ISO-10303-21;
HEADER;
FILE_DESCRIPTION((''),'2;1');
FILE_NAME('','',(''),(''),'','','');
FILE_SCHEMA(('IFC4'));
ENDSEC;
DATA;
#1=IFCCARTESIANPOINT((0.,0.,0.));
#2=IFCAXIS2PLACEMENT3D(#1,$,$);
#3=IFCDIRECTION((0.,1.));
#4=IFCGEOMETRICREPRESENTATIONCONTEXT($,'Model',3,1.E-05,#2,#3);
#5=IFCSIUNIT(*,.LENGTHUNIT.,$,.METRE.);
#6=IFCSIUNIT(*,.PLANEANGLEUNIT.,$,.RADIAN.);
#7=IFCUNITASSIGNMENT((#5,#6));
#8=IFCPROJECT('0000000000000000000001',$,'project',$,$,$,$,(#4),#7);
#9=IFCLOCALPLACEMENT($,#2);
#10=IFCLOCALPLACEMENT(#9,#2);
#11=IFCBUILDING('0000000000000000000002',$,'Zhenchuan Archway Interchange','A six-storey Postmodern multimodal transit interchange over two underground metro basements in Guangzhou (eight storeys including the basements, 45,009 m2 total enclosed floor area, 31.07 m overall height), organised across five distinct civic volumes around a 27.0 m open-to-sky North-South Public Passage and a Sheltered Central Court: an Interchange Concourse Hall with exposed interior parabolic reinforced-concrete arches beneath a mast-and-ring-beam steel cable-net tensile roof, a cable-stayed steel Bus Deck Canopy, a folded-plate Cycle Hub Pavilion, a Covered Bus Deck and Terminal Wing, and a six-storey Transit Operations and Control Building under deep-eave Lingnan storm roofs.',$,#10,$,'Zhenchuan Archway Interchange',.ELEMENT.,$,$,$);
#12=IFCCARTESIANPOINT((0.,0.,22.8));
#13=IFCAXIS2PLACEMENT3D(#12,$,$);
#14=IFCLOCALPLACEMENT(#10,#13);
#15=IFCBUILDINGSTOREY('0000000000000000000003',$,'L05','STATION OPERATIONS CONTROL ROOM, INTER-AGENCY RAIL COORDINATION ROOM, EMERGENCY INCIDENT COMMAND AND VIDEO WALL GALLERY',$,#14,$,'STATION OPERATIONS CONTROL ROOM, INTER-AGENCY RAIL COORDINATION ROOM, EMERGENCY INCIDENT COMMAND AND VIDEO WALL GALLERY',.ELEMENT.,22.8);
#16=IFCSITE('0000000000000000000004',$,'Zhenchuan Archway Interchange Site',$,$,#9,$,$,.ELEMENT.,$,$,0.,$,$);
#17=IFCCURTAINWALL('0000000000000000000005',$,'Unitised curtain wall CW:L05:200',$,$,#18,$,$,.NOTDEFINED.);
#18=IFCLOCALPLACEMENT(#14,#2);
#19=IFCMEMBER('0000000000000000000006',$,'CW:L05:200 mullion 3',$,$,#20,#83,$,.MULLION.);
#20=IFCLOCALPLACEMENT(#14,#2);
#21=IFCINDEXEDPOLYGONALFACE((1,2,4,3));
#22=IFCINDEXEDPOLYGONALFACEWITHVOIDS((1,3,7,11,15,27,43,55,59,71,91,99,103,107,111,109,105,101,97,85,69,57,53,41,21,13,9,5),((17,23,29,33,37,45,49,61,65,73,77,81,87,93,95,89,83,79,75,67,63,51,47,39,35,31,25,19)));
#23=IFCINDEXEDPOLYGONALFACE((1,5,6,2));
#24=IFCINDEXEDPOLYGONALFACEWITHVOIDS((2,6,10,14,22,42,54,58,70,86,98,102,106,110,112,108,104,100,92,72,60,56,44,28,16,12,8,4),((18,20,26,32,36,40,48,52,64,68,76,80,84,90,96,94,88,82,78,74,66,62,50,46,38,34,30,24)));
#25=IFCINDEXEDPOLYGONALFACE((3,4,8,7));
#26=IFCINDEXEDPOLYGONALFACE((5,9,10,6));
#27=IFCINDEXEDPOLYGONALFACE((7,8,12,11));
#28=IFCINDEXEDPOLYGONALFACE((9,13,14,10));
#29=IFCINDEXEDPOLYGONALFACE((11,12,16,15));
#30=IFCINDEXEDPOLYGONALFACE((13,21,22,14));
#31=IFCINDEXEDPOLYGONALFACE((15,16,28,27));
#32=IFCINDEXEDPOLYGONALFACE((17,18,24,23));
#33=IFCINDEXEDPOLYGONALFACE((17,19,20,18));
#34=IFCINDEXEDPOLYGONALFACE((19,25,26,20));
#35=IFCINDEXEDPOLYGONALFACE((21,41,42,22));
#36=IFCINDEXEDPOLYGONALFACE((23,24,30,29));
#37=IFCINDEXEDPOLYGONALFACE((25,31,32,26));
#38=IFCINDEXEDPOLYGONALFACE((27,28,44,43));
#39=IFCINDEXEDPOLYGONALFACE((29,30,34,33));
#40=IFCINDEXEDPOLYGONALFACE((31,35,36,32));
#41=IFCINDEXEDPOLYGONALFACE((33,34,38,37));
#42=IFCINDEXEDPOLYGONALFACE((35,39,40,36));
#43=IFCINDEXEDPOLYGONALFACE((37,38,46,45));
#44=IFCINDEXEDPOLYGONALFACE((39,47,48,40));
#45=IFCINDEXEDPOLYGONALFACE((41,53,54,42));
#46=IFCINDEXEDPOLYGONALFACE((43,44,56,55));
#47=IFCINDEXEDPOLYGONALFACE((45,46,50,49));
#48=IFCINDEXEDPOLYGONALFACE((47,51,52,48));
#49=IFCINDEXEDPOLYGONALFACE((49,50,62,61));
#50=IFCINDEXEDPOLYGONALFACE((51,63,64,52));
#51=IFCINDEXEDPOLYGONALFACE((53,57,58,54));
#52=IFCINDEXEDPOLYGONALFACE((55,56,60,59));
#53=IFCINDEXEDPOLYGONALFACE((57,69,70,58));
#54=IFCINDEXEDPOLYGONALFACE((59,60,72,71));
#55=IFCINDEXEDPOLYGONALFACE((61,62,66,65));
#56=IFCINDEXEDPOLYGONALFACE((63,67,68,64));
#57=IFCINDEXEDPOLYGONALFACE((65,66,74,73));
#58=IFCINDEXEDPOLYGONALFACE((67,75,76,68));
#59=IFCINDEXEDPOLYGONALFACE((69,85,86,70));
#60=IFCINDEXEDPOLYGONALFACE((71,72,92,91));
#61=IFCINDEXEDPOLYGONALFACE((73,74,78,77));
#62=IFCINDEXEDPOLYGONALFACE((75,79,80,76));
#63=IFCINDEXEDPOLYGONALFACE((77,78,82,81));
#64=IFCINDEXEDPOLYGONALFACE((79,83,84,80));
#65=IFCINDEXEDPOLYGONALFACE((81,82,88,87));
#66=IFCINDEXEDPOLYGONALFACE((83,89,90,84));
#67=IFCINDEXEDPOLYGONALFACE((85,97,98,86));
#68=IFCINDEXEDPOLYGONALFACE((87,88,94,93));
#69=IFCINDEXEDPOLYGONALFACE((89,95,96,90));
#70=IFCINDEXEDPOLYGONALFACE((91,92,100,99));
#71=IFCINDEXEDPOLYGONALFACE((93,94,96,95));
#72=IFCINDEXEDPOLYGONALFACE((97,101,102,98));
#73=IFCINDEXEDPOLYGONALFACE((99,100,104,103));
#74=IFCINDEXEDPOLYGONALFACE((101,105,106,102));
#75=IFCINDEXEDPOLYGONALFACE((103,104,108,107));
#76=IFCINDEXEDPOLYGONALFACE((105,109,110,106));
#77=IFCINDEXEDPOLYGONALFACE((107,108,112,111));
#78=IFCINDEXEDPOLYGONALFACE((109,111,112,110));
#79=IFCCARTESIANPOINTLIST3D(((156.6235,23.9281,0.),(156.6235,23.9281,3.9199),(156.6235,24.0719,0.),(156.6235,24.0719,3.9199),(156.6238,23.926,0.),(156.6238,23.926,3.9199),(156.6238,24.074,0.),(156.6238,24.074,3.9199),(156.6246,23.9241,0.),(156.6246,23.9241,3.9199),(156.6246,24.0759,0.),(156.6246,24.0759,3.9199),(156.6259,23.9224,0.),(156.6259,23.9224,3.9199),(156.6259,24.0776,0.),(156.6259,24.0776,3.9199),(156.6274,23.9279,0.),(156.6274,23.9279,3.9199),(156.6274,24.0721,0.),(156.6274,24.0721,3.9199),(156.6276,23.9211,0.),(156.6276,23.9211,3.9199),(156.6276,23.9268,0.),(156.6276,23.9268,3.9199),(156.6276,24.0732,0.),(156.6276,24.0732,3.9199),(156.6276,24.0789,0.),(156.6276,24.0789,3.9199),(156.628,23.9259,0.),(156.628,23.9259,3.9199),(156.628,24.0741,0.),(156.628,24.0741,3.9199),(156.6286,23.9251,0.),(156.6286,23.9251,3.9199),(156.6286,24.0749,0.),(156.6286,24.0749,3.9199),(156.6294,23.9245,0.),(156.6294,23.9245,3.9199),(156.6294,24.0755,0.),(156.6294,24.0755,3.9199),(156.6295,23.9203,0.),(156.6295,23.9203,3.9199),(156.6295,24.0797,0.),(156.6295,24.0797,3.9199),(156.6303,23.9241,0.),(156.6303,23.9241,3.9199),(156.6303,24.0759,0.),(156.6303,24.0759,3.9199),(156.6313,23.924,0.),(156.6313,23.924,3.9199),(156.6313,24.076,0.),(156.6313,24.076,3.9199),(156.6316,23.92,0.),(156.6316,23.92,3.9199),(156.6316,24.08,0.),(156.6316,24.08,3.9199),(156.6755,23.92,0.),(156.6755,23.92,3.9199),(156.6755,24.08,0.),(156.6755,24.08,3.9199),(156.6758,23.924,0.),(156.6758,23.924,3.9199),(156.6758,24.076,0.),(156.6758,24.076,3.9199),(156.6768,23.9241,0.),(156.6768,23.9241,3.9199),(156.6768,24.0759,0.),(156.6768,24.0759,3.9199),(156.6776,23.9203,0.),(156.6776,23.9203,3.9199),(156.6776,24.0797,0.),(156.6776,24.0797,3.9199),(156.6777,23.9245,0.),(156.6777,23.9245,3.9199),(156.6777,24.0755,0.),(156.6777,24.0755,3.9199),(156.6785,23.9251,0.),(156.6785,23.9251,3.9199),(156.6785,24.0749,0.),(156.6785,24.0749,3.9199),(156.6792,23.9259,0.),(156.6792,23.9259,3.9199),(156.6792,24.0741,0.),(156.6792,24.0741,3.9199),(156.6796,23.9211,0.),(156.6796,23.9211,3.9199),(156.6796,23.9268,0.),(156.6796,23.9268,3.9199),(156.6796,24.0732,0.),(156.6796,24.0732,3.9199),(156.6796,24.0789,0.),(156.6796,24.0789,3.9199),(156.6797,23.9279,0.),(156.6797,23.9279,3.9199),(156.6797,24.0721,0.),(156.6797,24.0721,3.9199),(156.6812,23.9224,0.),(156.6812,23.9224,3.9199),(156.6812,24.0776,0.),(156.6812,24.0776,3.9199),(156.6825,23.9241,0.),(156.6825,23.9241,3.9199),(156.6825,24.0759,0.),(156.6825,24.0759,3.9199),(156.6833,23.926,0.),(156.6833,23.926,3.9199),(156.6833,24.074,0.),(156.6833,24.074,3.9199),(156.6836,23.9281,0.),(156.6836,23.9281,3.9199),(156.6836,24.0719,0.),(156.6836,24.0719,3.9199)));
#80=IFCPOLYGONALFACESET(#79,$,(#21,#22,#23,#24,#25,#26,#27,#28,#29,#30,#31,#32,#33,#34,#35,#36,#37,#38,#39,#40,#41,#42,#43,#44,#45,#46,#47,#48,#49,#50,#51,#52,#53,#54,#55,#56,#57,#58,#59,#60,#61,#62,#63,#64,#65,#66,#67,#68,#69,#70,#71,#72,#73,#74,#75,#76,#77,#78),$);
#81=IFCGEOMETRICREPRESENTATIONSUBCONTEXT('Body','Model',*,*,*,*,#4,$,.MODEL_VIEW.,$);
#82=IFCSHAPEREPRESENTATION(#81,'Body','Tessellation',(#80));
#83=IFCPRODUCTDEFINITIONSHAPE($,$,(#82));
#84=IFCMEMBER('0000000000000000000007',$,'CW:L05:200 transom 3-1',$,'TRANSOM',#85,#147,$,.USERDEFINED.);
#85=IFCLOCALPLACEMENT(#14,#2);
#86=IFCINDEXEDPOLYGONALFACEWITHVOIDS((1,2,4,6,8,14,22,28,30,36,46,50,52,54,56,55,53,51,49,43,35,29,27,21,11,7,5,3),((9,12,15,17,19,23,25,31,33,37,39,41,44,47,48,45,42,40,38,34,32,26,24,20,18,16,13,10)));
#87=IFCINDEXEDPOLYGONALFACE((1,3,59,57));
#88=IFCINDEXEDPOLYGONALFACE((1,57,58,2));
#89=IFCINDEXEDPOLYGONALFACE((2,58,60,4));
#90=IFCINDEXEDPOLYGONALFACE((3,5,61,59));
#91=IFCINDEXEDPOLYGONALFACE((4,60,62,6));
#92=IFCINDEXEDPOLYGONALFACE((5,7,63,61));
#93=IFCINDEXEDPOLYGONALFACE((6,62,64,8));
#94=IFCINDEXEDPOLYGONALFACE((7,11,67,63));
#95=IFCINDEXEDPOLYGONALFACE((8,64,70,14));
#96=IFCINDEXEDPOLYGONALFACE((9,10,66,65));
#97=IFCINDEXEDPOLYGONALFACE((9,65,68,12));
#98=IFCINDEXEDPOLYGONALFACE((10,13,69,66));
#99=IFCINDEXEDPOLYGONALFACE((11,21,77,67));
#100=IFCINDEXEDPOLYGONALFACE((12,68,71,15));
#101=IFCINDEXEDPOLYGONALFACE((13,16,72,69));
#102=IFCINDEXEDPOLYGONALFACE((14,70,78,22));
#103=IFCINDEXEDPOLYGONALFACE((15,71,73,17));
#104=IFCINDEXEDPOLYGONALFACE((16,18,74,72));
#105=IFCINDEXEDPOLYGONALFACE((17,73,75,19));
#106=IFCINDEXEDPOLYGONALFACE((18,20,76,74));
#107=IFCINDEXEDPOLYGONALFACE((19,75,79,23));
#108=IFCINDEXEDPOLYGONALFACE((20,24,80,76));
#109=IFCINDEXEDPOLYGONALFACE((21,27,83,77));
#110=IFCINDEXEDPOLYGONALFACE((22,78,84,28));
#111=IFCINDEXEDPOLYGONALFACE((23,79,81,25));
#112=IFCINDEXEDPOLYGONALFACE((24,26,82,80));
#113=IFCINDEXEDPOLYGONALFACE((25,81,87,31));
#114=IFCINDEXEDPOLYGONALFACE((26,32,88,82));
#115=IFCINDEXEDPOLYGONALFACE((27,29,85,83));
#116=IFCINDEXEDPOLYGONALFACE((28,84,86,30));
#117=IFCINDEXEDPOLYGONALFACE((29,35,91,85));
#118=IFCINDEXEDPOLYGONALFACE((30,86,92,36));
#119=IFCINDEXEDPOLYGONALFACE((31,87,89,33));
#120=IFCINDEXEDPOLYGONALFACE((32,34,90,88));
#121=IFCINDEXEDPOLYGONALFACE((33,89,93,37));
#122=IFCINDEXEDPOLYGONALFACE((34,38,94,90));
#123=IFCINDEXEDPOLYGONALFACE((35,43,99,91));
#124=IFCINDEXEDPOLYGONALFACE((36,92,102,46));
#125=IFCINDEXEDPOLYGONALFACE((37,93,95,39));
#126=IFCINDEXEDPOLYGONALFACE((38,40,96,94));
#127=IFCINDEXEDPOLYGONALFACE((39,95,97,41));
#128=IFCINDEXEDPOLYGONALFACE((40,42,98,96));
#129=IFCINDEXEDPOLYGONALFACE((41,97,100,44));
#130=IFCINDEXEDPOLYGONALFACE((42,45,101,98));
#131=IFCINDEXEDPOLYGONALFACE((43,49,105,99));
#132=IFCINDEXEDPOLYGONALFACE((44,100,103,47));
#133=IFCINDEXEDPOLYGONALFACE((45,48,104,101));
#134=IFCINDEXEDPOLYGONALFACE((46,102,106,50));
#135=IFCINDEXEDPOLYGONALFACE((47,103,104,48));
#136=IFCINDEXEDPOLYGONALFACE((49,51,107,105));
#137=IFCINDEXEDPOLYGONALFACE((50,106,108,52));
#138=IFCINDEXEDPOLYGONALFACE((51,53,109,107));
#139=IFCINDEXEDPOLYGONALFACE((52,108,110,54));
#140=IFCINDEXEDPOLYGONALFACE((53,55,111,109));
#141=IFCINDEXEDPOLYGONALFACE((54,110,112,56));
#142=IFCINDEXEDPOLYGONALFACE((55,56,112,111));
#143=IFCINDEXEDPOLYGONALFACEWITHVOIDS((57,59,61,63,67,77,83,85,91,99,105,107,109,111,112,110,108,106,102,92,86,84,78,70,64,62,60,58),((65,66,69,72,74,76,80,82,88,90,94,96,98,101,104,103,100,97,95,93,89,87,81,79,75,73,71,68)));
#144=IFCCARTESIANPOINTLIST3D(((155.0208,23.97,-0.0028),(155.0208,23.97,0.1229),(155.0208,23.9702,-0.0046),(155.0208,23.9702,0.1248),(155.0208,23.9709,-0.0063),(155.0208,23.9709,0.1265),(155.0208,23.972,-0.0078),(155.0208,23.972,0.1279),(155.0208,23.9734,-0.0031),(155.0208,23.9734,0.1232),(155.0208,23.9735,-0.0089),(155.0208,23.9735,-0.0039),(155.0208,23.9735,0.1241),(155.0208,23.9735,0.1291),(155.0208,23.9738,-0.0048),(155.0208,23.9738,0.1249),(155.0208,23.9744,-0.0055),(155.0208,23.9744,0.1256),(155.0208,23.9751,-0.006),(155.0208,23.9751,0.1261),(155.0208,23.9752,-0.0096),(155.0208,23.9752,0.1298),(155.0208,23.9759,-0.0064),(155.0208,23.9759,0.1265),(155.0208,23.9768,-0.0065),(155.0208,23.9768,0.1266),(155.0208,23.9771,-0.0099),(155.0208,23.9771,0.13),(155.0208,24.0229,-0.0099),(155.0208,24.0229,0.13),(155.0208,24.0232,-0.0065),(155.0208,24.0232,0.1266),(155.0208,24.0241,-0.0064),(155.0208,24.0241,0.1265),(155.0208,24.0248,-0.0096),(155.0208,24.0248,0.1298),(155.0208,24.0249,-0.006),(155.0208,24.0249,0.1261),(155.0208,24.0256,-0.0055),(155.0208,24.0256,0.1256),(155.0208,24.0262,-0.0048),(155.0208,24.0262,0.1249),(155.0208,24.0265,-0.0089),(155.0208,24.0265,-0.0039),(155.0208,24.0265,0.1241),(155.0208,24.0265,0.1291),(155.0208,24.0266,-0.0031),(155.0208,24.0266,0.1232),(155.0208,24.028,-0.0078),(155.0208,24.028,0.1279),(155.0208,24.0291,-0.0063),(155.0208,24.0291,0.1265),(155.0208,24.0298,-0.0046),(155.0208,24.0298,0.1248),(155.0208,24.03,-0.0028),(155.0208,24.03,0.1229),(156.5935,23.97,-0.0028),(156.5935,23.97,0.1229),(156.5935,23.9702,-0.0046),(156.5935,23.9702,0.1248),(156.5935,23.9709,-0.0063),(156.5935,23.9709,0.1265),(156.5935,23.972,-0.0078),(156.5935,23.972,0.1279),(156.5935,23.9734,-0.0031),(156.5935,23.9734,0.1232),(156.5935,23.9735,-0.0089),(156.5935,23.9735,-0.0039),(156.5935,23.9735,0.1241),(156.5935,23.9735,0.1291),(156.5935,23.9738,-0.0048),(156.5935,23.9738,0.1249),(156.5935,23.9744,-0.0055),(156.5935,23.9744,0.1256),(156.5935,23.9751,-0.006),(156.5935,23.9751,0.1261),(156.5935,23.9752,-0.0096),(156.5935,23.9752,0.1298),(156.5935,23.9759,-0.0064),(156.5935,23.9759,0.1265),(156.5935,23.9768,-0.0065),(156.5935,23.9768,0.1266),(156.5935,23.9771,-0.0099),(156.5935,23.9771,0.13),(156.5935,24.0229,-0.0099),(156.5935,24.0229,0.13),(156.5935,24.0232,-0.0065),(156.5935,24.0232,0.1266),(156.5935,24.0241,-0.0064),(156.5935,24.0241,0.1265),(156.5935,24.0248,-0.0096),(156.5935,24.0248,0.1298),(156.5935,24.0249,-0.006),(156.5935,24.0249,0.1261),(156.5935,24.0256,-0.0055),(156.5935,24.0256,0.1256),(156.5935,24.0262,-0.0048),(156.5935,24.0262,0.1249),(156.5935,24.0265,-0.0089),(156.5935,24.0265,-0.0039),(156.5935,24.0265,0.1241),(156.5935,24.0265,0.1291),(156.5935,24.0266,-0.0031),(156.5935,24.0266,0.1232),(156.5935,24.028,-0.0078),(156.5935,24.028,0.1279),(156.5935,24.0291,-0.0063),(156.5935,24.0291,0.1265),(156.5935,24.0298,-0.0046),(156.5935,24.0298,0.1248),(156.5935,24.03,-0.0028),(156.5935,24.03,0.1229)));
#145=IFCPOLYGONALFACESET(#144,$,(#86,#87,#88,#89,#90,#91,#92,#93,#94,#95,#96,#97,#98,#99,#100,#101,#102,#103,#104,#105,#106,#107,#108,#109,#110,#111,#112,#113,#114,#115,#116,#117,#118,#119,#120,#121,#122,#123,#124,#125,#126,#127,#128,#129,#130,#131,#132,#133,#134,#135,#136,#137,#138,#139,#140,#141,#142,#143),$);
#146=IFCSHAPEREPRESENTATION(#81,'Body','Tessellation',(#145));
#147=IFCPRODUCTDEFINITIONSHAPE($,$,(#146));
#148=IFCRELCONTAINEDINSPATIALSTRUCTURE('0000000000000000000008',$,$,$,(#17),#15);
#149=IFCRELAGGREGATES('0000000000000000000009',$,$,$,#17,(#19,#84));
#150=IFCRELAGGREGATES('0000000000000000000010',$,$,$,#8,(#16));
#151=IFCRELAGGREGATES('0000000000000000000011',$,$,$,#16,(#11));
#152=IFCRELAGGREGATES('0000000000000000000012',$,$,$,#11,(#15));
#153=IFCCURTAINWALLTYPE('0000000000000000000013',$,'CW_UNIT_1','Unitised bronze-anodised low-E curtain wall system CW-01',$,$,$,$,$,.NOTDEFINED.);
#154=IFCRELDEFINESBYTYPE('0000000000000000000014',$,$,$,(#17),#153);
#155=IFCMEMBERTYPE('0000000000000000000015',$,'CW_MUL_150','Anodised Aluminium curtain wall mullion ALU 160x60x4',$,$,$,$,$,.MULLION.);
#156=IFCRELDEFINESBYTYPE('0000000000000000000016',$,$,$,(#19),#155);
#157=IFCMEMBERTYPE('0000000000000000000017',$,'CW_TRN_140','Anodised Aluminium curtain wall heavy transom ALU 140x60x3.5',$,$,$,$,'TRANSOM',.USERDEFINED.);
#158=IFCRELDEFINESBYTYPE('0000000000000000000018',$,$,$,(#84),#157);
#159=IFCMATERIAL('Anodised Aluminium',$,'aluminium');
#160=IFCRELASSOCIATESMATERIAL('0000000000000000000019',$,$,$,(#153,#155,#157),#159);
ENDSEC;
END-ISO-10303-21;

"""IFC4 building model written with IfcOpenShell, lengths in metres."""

from ifc_helpers import new_model, si_unit, direction, frame, origin, origin_2d, place, context, subcontext, project, spatial, hollow_rectangle, extrude, material, material_profile, profile_set, type_object, element, aggregate, save


model = new_model("IFC4")

# Units and contexts
model_context = context("Model", 3, precision=1e-05, world=origin(), true_north=direction((0.0, 1.0)))
body_context = subcontext(model_context, "Body", "Model", "MODEL_VIEW")
ifc_project = project(units=[si_unit("LENGTHUNIT", "METRE"), si_unit("PLANEANGLEUNIT", "RADIAN")], contexts=[model_context])

# Site, building, storey
site_placement = place(None, origin())
site = spatial("IfcSite", under=ifc_project, at=site_placement, Name="Zhenchuan Archway Interchange Site", CompositionType="ELEMENT", RefElevation=0.0)
building_placement = place(site_placement, origin())
building = spatial("IfcBuilding", under=site, at=building_placement, Name="Zhenchuan Archway Interchange", Description="A six-storey Postmodern multimodal transit interchange over two underground metro basements in Guangzhou (eight storeys including the basements, 45,009 m2 total enclosed floor area, 31.07 m overall height), organised across five distinct civic volumes around a 27.0 m open-to-sky North-South Public Passage and a Sheltered Central Court: an Interchange Concourse Hall with exposed interior parabolic reinforced-concrete arches beneath a mast-and-ring-beam steel cable-net tensile roof, a cable-stayed steel Bus Deck Canopy, a folded-plate Cycle Hub Pavilion, a Covered Bus Deck and Terminal Wing, and a six-storey Transit Operations and Control Building under deep-eave Lingnan storm roofs.", LongName="Zhenchuan Archway Interchange", CompositionType="ELEMENT")
storey_placement = place(building_placement, frame((0.0, 0.0, 22.8)))
storey = spatial("IfcBuildingStorey", under=building, at=storey_placement, Name="L05", Description="STATION OPERATIONS CONTROL ROOM, INTER-AGENCY RAIL COORDINATION ROOM, EMERGENCY INCIDENT COMMAND AND VIDEO WALL GALLERY", LongName="STATION OPERATIONS CONTROL ROOM, INTER-AGENCY RAIL COORDINATION ROOM, EMERGENCY INCIDENT COMMAND AND VIDEO WALL GALLERY", CompositionType="ELEMENT", Elevation=22.8)

# Curtain wall, members
ifc_material_1 = material(Name="Anodised Aluminium", Category="aluminium")
curtain_wall_type = type_object("IfcCurtainWallType", Name="CW_UNIT_1", Description="Unitised bronze-anodised low-E curtain wall system CW-01", PredefinedType="NOTDEFINED", material=ifc_material_1)
curtain_wall_placement = place(storey_placement, origin())
curtain_wall = element("IfcCurtainWall", 1, at=curtain_wall_placement, inside=storey, type_object=curtain_wall_type, Name="Unitised curtain wall CW:L05:200", PredefinedType="NOTDEFINED")
ifc_material_profile_1 = material_profile(ifc_material_1, hollow_rectangle(XDim=0.0601, YDim=0.1599, WallThickness=0.0039, InnerFilletRadius=0.0039, OuterFilletRadius=0.0081, at=origin_2d()), Name="ALU 160x60x4")
ifc_profile_set_1 = profile_set([ifc_material_profile_1], Name="Anodised Aluminium")
member_type_1 = type_object("IfcMemberType", Name="CW_MUL_150", Description="Anodised Aluminium curtain wall mullion ALU 160x60x4", PredefinedType="MULLION", material=ifc_profile_set_1)
member_1_placement = place(storey_placement, frame((156.6536, 24.0, 0.0), z_axis=(0.0, 0.0, 1.0), x_axis=(1.0, 0.0, 0.0)))
member_1 = element("IfcMember", 2, at=member_1_placement, type_object=member_type_1, Name="CW:L05:200 mullion 3", PredefinedType="MULLION", context=body_context, shape_type="SweptSolid", body=[
    extrude(hollow_rectangle(XDim=0.0601, YDim=0.1599, WallThickness=0.0039, InnerFilletRadius=0.0039, OuterFilletRadius=0.0081, at=origin_2d()), origin(), (0.0, 0.0, 1.0), 3.9199),
])
ifc_material_profile_2 = material_profile(ifc_material_1, hollow_rectangle(XDim=0.0601, YDim=0.1399, WallThickness=0.0034, InnerFilletRadius=0.0034, OuterFilletRadius=0.0071, at=origin_2d()), Name="ALU 140x60x3.5")
ifc_profile_set_2 = profile_set([ifc_material_profile_2], Name="Anodised Aluminium")
member_type_2 = type_object("IfcMemberType", Name="CW_TRN_140", Description="Anodised Aluminium curtain wall heavy transom ALU 140x60x3.5", ElementType="TRANSOM", PredefinedType="USERDEFINED", material=ifc_profile_set_2)
member_2_placement = place(storey_placement, frame((156.5935, 24.0, 0.0601), z_axis=(-1.0, 0.0, 0.0), x_axis=(0.0, -1.0, 0.0)))
member_2 = element("IfcMember", 3, at=member_2_placement, type_object=member_type_2, Name="CW:L05:200 transom 3-1", ObjectType="TRANSOM", PredefinedType="USERDEFINED", context=body_context, shape_type="SweptSolid", body=[
    extrude(hollow_rectangle(XDim=0.0601, YDim=0.1399, WallThickness=0.0034, InnerFilletRadius=0.0034, OuterFilletRadius=0.0071, at=origin_2d()), origin(), (0.0, 0.0, 1.0), 1.5728),
])

aggregate(curtain_wall, [member_1, member_2])

save(model, "model.ifc")
